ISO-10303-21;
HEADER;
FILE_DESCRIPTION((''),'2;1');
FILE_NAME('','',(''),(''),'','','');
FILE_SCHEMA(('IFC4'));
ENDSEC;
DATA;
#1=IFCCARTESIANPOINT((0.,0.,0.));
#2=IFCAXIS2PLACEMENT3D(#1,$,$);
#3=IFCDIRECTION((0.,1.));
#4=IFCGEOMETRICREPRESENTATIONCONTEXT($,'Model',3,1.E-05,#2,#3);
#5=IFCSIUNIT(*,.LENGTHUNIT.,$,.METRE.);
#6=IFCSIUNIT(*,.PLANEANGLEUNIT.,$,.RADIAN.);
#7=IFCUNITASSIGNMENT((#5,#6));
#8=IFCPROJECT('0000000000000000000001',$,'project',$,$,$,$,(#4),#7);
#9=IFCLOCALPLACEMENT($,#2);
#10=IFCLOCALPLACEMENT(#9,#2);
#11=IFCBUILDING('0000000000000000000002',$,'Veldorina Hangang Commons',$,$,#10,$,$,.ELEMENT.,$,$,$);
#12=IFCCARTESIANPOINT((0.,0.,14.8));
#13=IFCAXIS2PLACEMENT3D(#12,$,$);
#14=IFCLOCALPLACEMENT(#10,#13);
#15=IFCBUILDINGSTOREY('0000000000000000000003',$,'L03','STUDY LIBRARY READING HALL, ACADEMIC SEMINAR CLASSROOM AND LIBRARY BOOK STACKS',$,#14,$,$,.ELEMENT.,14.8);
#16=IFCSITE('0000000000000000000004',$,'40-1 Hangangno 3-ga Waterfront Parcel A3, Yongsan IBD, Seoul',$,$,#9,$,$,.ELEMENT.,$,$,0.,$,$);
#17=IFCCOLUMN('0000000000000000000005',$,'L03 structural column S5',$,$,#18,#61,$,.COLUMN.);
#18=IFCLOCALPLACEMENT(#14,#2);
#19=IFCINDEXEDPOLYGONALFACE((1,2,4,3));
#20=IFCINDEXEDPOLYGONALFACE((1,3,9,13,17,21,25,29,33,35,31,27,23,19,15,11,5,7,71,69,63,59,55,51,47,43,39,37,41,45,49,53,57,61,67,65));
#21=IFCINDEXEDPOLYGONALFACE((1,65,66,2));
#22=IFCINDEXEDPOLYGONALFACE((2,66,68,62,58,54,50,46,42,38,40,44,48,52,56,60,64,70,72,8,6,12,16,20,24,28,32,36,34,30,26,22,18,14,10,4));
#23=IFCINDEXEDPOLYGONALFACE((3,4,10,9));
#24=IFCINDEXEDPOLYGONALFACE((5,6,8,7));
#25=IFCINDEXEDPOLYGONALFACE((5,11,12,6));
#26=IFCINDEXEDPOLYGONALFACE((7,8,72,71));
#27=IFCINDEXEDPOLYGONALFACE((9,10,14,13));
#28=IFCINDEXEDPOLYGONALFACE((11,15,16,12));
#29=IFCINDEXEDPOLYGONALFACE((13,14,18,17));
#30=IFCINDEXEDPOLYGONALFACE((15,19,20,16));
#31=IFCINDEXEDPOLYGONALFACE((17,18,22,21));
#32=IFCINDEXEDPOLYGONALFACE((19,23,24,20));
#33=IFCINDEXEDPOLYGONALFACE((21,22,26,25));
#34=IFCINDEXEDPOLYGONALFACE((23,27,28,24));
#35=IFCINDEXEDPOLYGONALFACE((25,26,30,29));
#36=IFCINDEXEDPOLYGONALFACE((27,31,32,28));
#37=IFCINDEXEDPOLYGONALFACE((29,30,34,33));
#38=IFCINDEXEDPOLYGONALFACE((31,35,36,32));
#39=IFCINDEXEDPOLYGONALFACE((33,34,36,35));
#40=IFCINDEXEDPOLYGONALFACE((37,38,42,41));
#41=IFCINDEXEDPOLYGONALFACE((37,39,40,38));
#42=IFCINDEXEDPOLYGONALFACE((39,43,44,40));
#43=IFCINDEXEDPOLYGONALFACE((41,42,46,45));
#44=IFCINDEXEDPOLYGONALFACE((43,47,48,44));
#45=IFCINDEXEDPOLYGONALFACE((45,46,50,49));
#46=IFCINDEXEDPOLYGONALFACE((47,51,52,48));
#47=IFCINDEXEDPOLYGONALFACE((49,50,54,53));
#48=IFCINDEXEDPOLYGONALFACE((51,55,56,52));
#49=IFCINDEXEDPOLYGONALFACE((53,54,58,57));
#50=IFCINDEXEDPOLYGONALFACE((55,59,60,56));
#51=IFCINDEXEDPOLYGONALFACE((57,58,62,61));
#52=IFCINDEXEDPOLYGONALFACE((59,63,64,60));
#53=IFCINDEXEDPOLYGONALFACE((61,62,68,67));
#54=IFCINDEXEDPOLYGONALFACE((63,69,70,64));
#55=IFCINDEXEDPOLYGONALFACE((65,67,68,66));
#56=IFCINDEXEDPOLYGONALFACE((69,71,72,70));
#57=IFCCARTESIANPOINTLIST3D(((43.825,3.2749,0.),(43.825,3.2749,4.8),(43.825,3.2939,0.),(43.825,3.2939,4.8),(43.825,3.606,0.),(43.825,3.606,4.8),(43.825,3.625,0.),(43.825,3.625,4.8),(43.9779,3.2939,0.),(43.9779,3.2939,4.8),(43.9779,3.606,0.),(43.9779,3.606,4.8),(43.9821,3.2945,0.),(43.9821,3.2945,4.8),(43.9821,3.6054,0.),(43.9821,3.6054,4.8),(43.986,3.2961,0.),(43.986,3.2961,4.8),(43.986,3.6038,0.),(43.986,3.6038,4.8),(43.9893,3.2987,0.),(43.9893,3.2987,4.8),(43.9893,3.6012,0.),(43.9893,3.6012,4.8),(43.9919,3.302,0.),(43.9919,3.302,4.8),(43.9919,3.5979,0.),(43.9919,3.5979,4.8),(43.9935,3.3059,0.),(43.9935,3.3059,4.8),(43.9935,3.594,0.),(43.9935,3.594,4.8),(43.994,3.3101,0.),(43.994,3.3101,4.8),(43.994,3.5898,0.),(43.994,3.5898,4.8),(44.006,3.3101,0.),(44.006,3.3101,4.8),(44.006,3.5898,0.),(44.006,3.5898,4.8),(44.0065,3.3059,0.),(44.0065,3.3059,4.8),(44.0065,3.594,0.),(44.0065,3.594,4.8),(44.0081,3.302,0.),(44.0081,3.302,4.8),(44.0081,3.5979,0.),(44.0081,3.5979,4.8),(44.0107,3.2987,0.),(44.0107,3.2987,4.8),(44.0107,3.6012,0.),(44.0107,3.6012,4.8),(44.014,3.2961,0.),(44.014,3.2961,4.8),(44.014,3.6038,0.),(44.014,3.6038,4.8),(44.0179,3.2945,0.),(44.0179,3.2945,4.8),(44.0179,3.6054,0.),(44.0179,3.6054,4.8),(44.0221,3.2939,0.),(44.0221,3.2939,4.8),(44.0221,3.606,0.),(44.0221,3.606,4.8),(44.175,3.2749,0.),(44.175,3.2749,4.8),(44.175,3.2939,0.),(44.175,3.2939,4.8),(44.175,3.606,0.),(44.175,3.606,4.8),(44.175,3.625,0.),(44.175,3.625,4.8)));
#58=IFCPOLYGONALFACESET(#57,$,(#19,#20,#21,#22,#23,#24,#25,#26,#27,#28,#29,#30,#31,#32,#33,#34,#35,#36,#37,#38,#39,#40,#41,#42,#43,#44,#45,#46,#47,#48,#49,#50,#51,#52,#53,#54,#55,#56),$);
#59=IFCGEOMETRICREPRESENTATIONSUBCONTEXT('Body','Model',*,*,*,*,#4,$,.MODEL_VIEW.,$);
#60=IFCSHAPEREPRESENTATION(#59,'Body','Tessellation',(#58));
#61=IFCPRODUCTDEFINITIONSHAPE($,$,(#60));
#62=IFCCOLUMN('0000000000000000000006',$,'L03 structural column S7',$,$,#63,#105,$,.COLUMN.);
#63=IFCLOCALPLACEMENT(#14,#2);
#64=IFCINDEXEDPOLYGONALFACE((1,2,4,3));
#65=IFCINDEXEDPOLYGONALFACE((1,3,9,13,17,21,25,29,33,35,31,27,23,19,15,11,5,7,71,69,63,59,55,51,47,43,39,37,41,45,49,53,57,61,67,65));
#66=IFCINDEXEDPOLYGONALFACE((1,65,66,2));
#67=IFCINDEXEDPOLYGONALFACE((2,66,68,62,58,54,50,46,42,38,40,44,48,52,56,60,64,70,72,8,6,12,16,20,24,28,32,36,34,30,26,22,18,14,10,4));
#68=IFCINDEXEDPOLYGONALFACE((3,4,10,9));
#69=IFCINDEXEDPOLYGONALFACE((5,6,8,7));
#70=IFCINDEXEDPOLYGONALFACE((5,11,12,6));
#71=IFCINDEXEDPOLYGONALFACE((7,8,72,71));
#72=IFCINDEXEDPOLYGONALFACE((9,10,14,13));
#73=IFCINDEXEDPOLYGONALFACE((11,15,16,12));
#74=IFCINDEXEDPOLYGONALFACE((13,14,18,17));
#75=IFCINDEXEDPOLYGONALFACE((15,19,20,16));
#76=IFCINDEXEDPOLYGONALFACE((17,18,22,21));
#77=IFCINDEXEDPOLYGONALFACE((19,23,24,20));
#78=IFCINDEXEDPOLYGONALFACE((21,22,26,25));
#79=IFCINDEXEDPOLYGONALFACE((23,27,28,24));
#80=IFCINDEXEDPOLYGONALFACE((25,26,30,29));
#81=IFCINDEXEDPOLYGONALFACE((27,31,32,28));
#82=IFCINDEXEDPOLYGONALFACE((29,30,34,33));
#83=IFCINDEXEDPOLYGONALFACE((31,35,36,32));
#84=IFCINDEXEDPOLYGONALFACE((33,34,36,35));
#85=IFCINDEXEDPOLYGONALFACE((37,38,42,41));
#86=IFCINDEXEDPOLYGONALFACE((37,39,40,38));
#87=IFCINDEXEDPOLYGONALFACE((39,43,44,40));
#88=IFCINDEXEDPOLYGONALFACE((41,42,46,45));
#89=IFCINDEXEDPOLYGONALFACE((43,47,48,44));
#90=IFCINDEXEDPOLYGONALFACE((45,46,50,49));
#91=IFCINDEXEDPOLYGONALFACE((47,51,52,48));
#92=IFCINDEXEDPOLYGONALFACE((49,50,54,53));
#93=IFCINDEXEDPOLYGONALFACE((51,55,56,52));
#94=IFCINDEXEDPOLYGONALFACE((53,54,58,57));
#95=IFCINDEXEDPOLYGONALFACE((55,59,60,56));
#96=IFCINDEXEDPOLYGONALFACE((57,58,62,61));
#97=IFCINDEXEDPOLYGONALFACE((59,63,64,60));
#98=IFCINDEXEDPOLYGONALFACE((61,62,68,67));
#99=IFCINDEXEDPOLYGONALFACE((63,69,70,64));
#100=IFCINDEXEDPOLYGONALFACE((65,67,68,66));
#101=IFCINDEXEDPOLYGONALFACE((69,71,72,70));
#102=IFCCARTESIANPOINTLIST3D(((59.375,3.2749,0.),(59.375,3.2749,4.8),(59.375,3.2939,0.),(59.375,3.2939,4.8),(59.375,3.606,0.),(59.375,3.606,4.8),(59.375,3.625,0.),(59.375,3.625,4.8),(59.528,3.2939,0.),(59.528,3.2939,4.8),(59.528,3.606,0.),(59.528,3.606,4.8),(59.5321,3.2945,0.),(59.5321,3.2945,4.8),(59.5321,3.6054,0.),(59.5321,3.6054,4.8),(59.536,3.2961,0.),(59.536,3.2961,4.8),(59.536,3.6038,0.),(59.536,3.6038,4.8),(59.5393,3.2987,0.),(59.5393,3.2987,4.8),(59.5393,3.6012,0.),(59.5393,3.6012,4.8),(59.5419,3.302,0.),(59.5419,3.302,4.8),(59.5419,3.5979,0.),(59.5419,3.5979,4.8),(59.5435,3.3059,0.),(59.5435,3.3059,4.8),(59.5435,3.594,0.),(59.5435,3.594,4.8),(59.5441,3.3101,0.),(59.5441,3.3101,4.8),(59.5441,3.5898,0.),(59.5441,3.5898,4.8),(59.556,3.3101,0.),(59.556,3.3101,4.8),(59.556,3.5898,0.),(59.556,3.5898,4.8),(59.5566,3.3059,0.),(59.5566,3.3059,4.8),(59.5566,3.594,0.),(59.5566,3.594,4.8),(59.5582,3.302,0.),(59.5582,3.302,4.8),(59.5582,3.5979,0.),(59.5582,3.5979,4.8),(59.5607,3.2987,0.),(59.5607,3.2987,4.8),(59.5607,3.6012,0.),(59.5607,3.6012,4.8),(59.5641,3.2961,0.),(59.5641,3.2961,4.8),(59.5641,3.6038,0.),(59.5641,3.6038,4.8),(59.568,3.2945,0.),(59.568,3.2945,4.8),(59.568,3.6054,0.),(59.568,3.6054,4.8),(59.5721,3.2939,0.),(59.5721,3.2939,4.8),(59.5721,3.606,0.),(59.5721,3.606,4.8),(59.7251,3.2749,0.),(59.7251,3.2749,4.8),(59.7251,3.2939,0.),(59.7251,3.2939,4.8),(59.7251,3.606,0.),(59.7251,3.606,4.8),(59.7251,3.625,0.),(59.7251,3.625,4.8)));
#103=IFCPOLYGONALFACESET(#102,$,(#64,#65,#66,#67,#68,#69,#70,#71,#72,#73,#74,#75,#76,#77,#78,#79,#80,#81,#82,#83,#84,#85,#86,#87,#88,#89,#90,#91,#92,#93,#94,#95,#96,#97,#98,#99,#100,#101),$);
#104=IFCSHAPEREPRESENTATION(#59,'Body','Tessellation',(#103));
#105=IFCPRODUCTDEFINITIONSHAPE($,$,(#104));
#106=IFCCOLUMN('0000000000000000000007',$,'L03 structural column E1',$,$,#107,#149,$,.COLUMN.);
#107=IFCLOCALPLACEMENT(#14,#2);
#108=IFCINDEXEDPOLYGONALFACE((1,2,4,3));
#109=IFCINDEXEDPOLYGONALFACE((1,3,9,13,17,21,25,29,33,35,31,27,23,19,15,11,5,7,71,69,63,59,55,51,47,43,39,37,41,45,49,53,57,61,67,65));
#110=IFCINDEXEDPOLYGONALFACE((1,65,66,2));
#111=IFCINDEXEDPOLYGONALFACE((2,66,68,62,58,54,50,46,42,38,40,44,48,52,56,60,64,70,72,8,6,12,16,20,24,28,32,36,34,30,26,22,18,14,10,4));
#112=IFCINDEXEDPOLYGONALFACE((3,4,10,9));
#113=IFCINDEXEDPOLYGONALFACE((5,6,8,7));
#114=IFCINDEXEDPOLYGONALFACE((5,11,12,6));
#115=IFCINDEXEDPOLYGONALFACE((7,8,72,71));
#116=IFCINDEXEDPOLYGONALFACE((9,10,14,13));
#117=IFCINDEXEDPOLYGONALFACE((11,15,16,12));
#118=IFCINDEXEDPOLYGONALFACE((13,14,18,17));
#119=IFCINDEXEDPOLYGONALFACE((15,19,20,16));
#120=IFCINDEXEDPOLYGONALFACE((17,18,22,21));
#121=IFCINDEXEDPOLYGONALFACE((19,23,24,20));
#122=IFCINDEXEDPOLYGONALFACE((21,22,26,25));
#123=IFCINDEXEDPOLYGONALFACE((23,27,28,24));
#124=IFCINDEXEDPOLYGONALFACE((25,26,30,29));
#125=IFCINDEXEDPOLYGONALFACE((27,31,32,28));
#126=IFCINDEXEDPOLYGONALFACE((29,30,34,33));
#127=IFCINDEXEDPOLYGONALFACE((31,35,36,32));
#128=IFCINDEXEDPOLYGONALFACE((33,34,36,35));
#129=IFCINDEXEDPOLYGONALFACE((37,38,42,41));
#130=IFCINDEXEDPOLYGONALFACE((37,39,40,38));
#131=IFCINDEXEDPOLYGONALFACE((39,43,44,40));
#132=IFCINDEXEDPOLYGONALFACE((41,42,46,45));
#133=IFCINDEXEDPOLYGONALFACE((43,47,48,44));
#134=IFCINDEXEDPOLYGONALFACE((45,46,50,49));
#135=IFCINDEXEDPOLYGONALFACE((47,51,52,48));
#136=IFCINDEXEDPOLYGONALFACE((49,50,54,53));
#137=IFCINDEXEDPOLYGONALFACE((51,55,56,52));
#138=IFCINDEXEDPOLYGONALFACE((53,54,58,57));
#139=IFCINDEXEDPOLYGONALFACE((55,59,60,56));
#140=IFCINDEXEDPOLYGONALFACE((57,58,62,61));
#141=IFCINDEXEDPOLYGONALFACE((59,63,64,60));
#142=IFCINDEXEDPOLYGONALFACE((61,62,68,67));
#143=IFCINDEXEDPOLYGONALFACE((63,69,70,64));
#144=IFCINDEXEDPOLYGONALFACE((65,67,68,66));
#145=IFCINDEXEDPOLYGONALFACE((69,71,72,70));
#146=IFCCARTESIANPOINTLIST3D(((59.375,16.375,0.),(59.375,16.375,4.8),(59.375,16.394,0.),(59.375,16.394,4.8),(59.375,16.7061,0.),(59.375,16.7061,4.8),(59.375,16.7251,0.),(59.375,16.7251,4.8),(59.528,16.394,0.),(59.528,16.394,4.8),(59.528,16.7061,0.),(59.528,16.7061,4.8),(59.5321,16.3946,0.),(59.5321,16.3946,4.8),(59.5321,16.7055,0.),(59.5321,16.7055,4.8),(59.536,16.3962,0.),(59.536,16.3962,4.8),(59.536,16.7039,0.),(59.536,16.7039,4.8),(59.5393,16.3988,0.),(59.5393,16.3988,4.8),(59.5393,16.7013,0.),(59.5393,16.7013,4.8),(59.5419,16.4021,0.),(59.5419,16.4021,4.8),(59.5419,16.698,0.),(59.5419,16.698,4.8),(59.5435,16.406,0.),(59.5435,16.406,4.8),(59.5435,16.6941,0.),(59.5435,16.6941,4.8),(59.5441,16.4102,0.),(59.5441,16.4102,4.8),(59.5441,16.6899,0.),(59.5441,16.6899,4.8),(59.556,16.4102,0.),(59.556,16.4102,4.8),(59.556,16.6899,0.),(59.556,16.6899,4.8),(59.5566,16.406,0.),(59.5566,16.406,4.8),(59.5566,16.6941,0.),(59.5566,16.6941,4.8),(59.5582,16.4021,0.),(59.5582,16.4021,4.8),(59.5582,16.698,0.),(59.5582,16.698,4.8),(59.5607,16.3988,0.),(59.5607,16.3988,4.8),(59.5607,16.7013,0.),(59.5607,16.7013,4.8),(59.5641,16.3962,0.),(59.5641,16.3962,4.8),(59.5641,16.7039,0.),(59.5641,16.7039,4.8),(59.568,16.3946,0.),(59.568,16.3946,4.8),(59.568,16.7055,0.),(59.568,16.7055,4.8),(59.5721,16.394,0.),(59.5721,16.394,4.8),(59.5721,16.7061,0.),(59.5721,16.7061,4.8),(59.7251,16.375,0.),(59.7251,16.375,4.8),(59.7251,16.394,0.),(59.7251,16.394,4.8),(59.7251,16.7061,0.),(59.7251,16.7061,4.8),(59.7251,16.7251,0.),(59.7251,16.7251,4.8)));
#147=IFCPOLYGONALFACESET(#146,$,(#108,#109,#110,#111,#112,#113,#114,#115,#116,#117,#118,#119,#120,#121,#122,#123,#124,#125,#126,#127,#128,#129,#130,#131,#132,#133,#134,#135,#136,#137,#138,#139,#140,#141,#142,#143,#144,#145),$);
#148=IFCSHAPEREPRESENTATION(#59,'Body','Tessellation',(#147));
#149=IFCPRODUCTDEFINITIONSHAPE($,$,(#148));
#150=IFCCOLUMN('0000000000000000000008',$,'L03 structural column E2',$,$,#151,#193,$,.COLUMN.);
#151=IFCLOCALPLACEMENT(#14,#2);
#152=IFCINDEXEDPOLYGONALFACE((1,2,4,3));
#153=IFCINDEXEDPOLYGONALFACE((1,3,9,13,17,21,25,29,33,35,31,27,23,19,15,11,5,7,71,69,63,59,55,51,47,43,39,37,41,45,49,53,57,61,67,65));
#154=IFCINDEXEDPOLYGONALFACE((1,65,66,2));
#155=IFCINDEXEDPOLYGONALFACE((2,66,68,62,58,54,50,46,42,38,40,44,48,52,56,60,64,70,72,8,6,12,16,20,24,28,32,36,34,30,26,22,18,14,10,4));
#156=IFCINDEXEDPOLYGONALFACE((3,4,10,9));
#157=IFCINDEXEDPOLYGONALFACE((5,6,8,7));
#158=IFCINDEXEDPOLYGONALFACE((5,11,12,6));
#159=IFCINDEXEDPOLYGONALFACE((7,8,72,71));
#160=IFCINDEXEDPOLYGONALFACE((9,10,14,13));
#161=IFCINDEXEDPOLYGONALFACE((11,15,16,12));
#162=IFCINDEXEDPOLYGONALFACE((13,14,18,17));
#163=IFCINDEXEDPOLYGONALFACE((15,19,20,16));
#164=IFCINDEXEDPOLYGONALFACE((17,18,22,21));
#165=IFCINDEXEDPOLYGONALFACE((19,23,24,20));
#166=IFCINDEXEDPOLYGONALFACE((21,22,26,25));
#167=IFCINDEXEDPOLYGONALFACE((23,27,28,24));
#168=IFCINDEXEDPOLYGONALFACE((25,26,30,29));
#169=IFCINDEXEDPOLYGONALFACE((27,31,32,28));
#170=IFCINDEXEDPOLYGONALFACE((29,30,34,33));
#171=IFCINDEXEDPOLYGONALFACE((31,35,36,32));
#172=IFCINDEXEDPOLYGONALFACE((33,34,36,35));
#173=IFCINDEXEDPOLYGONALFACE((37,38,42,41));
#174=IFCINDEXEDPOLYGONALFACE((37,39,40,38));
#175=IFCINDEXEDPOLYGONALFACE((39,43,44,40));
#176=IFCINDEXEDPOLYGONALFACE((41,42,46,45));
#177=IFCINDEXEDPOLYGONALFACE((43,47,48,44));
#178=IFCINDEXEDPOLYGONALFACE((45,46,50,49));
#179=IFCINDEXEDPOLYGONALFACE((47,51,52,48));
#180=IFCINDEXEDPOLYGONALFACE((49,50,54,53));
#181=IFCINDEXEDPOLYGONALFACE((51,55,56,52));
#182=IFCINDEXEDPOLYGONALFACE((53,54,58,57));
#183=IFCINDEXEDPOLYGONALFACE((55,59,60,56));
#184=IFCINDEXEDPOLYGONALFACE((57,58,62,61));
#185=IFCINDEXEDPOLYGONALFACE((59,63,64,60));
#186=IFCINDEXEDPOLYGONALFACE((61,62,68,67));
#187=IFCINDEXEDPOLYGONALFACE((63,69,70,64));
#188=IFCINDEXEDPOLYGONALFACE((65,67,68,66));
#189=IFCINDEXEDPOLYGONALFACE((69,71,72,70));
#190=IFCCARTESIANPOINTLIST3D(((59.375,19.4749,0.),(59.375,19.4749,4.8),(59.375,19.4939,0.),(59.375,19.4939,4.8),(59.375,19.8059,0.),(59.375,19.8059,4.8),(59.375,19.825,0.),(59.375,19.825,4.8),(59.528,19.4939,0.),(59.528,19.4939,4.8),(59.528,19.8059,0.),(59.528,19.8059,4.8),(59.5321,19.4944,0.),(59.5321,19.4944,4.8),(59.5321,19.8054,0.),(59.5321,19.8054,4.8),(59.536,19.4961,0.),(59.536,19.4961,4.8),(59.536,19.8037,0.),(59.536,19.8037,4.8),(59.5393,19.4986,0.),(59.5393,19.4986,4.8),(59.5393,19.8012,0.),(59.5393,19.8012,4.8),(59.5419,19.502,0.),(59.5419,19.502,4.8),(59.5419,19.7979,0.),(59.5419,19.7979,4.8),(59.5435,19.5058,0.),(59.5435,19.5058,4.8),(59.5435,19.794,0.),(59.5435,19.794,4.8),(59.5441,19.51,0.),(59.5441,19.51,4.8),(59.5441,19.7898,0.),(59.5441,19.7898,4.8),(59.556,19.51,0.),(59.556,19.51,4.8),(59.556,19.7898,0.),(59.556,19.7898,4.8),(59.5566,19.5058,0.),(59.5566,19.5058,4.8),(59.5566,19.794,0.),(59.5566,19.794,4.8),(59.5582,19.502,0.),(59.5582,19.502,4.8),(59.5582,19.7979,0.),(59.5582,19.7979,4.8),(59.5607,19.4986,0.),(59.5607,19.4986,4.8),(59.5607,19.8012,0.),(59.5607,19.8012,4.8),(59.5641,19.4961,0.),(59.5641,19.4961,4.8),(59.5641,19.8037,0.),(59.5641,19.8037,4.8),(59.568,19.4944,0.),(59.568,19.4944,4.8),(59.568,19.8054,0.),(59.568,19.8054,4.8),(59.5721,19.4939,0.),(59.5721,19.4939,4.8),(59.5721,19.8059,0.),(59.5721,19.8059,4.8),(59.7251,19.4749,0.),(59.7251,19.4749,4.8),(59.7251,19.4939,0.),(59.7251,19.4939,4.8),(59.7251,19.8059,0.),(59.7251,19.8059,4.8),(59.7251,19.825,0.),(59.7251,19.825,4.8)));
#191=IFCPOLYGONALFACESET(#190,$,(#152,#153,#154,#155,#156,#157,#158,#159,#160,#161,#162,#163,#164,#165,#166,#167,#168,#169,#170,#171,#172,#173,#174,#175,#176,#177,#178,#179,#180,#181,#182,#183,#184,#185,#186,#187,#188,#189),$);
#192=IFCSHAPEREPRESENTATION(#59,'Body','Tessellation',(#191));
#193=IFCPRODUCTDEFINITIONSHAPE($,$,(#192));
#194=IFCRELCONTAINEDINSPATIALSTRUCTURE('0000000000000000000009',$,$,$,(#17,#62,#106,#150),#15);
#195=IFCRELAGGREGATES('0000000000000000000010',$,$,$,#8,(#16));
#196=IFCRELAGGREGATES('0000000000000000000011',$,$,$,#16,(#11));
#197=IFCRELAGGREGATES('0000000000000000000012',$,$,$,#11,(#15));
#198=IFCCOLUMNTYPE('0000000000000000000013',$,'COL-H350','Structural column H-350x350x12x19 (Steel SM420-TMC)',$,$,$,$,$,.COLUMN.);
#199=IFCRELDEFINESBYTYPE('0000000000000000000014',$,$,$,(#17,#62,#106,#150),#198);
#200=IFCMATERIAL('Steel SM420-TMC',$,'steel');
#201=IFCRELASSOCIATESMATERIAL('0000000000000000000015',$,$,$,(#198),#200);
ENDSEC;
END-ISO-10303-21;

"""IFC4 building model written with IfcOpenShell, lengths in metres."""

from ifc_helpers import new_model, si_unit, direction, frame, origin, origin_2d, place, context, subcontext, project, spatial, i_section, extrude, material, material_profile, profile_set, type_object, element, save


model = new_model("IFC4")

# Units and contexts
model_context = context("Model", 3, precision=1e-05, world=origin(), true_north=direction((0.0, 1.0)))
body_context = subcontext(model_context, "Body", "Model", "MODEL_VIEW")
ifc_project = project(units=[si_unit("LENGTHUNIT", "METRE"), si_unit("PLANEANGLEUNIT", "RADIAN")], contexts=[model_context])

# Site, building, storey
site_placement = place(None, origin())
site = spatial("IfcSite", under=ifc_project, at=site_placement, Name="40-1 Hangangno 3-ga Waterfront Parcel A3, Yongsan IBD, Seoul", CompositionType="ELEMENT", RefElevation=0.0)
building_placement = place(site_placement, origin())
building = spatial("IfcBuilding", under=site, at=building_placement, Name="Veldorina Hangang Commons", CompositionType="ELEMENT")
storey_placement = place(building_placement, frame((0.0, 0.0, 14.8)))
storey = spatial("IfcBuildingStorey", under=building, at=storey_placement, Name="L03", Description="STUDY LIBRARY READING HALL, ACADEMIC SEMINAR CLASSROOM AND LIBRARY BOOK STACKS", CompositionType="ELEMENT", Elevation=14.8)

# Columns
ifc_material_1 = material(Name="Steel SM420-TMC", Category="steel")
ifc_material_profile_1 = material_profile(ifc_material_1, i_section(OverallWidth=0.3501, OverallDepth=0.3501, WebThickness=0.012, FlangeThickness=0.019, FilletRadius=0.0161, at=origin_2d()), Name="H-350x350x12x19")
ifc_profile_set_1 = profile_set([ifc_material_profile_1], Name="Steel SM420-TMC")
column_type_1 = type_object("IfcColumnType", Name="COL-H350", Description="Structural column H-350x350x12x19 (Steel SM420-TMC)", PredefinedType="COLUMN", material=ifc_profile_set_1)
for number, where, z_axis, x_axis, name in (
    (1, (44.0, 3.45, 0.0), (0.0, 0.0, 1.0), (1.0, 0.0, 0.0), "L03 structural column S5"),
    (2, (59.55, 3.45, 0.0), (0.0, 0.0, 1.0), (1.0, 0.0, 0.0), "L03 structural column S7"),
    (3, (59.55, 16.55, 0.0), (0.0, 0.0, 1.0), (1.0, 0.0, 0.0), "L03 structural column E1"),
    (4, (59.55, 19.6499, 0.0), (0.0, 0.0, 1.0), (1.0, 0.0, 0.0), "L03 structural column E2"),
):
    element("IfcColumn", number, at=place(storey_placement, frame(where, z_axis=z_axis, x_axis=x_axis)), inside=storey, type_object=column_type_1, Name=name, PredefinedType="COLUMN", context=body_context, shape_type="SweptSolid", body=[
        extrude(i_section(OverallWidth=0.3501, OverallDepth=0.3501, WebThickness=0.012, FlangeThickness=0.019, FilletRadius=0.0161, at=origin_2d()), origin(), (0.0, 0.0, 1.0), 4.8),
    ])

save(model, "model.ifc")
